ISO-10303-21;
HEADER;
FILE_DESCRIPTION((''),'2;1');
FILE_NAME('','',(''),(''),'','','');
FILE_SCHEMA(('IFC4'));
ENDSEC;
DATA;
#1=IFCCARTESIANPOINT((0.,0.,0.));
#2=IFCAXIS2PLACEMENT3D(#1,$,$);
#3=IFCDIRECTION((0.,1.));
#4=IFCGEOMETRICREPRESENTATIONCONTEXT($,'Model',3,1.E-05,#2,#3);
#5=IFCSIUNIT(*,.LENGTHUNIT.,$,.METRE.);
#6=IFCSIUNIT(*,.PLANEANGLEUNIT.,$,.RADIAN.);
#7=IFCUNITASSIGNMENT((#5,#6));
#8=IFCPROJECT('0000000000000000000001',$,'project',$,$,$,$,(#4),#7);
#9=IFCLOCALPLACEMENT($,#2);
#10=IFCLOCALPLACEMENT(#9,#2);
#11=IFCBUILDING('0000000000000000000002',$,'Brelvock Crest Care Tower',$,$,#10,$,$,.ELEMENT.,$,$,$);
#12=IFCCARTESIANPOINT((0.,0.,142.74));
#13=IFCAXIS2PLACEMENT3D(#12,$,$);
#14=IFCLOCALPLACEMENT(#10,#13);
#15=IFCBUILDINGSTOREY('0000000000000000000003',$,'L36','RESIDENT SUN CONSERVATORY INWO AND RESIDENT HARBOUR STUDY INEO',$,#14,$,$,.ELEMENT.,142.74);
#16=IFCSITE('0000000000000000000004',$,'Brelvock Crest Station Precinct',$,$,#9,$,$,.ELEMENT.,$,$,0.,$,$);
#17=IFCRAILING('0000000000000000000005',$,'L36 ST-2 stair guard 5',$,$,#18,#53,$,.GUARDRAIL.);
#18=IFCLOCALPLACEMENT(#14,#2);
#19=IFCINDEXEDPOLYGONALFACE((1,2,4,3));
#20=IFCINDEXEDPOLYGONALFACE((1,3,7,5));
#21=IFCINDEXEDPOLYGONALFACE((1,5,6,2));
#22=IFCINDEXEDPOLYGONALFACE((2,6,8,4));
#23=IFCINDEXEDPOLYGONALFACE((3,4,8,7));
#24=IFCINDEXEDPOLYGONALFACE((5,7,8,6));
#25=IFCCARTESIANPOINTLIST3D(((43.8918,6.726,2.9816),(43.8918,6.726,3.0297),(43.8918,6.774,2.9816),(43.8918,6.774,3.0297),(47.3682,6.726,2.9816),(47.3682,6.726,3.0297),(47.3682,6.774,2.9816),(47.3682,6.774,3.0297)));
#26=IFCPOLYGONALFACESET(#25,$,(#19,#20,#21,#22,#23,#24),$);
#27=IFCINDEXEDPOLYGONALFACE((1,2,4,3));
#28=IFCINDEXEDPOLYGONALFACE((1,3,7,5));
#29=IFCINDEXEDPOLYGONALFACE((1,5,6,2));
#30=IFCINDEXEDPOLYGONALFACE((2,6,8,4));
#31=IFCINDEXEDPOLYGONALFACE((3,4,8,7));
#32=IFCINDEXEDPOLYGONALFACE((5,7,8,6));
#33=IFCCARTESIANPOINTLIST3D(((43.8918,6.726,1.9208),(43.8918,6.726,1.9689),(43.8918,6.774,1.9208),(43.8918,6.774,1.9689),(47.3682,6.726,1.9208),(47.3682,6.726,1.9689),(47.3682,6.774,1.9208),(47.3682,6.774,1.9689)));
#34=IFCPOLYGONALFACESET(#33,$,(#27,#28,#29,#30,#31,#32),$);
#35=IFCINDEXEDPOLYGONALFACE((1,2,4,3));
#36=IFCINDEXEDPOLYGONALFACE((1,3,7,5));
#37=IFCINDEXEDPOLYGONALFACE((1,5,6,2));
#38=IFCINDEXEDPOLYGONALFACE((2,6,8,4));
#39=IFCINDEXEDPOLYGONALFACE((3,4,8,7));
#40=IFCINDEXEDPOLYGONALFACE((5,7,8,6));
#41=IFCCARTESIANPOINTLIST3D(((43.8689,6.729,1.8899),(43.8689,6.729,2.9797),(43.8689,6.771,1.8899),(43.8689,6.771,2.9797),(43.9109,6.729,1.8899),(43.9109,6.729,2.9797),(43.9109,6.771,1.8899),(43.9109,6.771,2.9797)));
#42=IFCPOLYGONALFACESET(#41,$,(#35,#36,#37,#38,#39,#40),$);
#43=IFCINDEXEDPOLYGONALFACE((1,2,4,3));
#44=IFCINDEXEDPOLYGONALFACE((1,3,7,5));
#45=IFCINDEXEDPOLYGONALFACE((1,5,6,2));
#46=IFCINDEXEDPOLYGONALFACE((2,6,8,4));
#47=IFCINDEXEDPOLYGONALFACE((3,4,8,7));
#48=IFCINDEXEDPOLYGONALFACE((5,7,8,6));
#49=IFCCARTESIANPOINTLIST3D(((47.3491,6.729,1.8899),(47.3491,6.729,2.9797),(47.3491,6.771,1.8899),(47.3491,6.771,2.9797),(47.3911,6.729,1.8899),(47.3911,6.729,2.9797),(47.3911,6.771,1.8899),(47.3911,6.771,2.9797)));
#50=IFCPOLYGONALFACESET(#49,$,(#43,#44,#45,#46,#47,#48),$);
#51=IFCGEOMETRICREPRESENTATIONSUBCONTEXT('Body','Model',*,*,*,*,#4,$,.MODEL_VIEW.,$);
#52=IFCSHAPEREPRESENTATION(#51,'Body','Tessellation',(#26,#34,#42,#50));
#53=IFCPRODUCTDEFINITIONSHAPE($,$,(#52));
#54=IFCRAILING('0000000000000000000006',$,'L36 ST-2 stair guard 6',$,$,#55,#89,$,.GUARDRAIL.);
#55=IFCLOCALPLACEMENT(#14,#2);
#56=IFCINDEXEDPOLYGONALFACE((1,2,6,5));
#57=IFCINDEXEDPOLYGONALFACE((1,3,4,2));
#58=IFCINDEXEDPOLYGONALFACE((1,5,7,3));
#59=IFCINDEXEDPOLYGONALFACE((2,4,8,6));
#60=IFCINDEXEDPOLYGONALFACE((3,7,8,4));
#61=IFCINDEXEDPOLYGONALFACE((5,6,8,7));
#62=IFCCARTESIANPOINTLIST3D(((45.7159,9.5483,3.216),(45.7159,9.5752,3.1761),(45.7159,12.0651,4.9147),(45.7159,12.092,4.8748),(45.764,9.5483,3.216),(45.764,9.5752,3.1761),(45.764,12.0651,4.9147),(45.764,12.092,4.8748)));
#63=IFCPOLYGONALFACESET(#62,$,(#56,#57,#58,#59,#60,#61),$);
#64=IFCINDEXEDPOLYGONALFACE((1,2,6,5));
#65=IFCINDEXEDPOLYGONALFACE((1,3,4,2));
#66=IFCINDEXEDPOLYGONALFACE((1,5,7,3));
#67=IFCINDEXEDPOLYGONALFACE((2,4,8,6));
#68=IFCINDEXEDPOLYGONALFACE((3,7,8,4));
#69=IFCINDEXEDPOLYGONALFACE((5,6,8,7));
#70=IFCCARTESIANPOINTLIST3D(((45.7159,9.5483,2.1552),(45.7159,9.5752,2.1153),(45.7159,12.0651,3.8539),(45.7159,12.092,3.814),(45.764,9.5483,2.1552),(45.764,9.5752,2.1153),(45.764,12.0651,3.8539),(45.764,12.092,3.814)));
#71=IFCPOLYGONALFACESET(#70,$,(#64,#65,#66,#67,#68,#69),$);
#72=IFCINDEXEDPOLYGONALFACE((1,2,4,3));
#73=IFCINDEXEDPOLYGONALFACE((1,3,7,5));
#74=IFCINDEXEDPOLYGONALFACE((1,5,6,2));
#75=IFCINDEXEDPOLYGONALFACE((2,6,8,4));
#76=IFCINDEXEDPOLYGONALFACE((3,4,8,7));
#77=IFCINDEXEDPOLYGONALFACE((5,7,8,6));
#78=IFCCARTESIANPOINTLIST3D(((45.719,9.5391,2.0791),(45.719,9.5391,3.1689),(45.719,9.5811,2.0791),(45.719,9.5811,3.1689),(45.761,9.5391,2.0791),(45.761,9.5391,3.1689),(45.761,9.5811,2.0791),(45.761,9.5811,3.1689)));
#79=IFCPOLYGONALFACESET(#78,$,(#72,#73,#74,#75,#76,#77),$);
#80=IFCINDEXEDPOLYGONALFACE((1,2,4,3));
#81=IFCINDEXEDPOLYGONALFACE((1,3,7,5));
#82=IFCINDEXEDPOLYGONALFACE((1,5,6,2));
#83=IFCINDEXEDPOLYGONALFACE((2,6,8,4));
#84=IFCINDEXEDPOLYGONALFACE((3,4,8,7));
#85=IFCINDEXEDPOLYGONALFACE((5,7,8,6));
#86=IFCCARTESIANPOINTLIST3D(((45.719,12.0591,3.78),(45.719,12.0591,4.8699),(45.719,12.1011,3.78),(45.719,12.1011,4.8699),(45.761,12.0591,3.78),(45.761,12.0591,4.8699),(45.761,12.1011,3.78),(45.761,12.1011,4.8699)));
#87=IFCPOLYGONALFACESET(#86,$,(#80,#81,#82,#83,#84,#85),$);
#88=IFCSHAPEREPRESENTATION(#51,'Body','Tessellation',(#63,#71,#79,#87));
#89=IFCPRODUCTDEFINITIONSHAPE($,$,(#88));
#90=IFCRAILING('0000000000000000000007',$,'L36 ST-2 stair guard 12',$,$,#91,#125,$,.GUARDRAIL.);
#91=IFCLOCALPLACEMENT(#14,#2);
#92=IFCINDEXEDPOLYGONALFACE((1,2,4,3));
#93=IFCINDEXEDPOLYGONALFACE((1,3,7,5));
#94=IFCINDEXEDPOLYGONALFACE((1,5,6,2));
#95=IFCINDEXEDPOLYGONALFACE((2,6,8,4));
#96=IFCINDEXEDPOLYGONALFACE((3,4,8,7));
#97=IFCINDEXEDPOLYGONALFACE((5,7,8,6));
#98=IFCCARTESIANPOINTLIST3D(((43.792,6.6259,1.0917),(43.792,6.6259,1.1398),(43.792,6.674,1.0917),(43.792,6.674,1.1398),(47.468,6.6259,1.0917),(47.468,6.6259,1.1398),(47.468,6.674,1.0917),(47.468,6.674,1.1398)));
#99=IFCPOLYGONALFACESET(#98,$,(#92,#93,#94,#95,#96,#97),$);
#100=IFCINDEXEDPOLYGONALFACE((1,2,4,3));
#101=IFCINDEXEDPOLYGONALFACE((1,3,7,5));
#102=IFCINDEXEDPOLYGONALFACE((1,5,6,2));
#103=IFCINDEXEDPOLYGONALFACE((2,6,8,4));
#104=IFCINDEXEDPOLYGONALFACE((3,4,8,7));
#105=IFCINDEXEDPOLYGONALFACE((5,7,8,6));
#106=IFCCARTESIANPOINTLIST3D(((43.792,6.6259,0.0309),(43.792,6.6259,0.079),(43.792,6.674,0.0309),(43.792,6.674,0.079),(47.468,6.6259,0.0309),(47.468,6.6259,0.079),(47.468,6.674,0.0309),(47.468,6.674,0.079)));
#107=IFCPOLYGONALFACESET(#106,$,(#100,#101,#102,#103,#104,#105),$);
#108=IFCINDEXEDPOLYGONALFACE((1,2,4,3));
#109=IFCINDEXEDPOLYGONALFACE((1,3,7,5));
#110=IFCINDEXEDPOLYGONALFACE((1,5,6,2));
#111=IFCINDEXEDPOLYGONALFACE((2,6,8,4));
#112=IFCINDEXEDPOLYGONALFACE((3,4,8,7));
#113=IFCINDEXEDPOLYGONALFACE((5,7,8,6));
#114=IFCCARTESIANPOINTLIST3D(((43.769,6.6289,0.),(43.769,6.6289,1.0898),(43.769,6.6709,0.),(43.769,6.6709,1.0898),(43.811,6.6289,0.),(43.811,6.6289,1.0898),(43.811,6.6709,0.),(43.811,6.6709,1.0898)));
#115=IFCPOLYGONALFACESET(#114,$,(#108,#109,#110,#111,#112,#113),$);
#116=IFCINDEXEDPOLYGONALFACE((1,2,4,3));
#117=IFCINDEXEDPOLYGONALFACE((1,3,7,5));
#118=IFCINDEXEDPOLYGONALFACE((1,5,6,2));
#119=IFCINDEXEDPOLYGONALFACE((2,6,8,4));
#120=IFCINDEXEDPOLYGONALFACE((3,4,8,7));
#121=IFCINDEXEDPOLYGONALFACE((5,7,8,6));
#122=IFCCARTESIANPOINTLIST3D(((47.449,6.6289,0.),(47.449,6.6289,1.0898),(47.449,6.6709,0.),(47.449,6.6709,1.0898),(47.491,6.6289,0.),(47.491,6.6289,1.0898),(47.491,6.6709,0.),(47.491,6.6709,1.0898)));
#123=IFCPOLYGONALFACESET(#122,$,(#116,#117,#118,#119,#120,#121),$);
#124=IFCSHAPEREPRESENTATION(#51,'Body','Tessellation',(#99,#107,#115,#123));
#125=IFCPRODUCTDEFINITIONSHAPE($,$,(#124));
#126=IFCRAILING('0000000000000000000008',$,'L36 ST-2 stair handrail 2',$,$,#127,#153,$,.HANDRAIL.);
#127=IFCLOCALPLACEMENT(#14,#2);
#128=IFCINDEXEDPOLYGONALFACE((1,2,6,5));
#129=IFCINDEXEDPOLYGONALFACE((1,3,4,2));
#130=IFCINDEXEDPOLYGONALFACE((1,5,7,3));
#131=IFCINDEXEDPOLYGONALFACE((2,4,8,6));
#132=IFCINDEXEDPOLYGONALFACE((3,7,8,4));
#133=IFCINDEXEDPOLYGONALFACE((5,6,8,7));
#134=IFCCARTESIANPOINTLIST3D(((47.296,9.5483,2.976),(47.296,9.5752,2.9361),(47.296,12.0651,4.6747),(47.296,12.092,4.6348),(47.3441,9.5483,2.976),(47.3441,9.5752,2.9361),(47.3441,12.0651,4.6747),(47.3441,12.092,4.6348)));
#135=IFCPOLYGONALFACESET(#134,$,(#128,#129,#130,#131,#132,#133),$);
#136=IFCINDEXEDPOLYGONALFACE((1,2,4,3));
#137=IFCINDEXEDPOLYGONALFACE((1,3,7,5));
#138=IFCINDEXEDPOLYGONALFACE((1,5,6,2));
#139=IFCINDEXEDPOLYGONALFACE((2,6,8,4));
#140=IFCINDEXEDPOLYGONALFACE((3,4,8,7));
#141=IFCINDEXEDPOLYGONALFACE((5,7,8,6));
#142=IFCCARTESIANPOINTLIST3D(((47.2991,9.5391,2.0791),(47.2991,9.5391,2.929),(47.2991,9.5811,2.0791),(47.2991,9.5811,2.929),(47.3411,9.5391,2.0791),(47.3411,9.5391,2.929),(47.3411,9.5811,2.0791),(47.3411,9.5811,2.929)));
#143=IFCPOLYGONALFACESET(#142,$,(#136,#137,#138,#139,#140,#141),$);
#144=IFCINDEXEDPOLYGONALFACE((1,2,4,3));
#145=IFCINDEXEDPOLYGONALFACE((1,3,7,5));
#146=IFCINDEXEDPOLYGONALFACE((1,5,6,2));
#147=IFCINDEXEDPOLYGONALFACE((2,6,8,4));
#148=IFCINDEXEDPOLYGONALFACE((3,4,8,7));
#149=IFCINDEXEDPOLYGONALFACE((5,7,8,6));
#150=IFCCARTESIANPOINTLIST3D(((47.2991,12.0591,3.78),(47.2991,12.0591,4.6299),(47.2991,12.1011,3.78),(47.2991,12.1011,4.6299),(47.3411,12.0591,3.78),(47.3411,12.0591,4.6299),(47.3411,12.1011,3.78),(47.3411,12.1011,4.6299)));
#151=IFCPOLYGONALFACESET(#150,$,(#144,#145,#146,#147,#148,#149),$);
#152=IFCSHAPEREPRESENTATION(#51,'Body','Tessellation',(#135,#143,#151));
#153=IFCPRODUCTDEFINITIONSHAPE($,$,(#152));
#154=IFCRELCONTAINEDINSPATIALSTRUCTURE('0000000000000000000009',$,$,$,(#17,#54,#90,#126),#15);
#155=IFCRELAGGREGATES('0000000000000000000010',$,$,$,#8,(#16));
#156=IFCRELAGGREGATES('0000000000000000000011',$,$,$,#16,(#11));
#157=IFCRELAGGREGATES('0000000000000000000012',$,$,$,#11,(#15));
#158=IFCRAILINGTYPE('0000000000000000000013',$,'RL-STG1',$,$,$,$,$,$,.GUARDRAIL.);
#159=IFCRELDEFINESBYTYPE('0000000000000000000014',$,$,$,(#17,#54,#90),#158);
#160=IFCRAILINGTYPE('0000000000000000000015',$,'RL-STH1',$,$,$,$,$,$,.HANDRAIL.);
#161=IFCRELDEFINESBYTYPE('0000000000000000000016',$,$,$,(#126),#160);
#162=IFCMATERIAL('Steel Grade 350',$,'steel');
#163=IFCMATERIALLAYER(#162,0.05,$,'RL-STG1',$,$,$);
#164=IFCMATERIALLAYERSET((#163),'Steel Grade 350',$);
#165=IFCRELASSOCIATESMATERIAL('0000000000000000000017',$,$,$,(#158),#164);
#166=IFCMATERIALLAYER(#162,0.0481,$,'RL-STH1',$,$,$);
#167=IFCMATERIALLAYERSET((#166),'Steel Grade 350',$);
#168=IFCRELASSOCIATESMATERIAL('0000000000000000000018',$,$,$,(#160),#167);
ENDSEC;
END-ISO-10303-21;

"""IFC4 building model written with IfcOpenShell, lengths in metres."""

from ifc_helpers import new_model, si_unit, direction, frame, origin, origin_2d, place, context, subcontext, project, spatial, rectangle, extrude, material, layer, layer_set, type_object, element, save


model = new_model("IFC4")

# Units and contexts
model_context = context("Model", 3, precision=1e-05, world=origin(), true_north=direction((0.0, 1.0)))
body_context = subcontext(model_context, "Body", "Model", "MODEL_VIEW")
ifc_project = project(units=[si_unit("LENGTHUNIT", "METRE"), si_unit("PLANEANGLEUNIT", "RADIAN")], contexts=[model_context])

# Site, building, storey
site_placement = place(None, origin())
site = spatial("IfcSite", under=ifc_project, at=site_placement, Name="Brelvock Crest Station Precinct", CompositionType="ELEMENT", RefElevation=0.0)
building_placement = place(site_placement, origin())
building = spatial("IfcBuilding", under=site, at=building_placement, Name="Brelvock Crest Care Tower", CompositionType="ELEMENT")
storey_placement = place(building_placement, frame((0.0, 0.0, 142.74)))
storey = spatial("IfcBuildingStorey", under=building, at=storey_placement, Name="L36", Description="RESIDENT SUN CONSERVATORY INWO AND RESIDENT HARBOUR STUDY INEO", CompositionType="ELEMENT", Elevation=142.74)

# Shared definitions
ifc_material_1 = material(Name="Steel Grade 350", Category="steel")

# Railings
ifc_layer_1 = layer(ifc_material_1, 0.05, Name="RL-STG1")
ifc_layer_set_1 = layer_set([ifc_layer_1], Name="Steel Grade 350")
railing_type_1 = type_object("IfcRailingType", Name="RL-STG1", PredefinedType="GUARDRAIL", material=ifc_layer_set_1)
railing_1_placement = place(storey_placement, frame((43.8899, 6.75, 1.8899)))
element("IfcRailing", 1, at=railing_1_placement, inside=storey, type_object=railing_type_1, Name="L36 ST-2 stair guard 5", PredefinedType="GUARDRAIL", context=body_context, shape_type="SweptSolid", body=[
    extrude(rectangle(XDim=0.0481, YDim=0.0481, at=origin_2d()), frame((0.002, 0.0, 1.1157), z_axis=(1.0, 0.0, 0.0), x_axis=(0.0, 1.0, 0.0)), (0.0, 0.0, 1.0), 3.4763),
    extrude(rectangle(XDim=0.0481, YDim=0.0481, at=origin_2d()), frame((0.002, 0.0, 0.0549), z_axis=(1.0, 0.0, 0.0), x_axis=(0.0, 1.0, 0.0)), (0.0, 0.0, 1.0), 3.4763),
    extrude(rectangle(XDim=0.042, YDim=0.042, at=origin_2d()), origin(), (0.0, 0.0, 1.0), 1.0898),
    extrude(rectangle(XDim=0.042, YDim=0.042, at=origin_2d()), frame((3.4802, 0.0, 0.0)), (0.0, 0.0, 1.0), 1.0898),
])
railing_2_placement = place(storey_placement, frame((45.74, 9.5601, 2.0791)))
element("IfcRailing", 2, at=railing_2_placement, inside=storey, type_object=railing_type_1, Name="L36 ST-2 stair guard 6", PredefinedType="GUARDRAIL", context=body_context, shape_type="SweptSolid", body=[
    extrude(rectangle(XDim=0.0481, YDim=0.0481, at=origin_2d()), frame((0.0, 0.0017, 1.1169), z_axis=(0.0, 0.828862, 0.559454), x_axis=(-1.0, 0.0, 0.0)), (0.0, 0.0, 1.0), 3.0364),
    extrude(rectangle(XDim=0.0481, YDim=0.0481, at=origin_2d()), frame((0.0, 0.0017, 0.0562), z_axis=(0.0, 0.828862, 0.559454), x_axis=(-1.0, 0.0, 0.0)), (0.0, 0.0, 1.0), 3.0364),
    extrude(rectangle(XDim=0.042, YDim=0.042, at=origin_2d()), origin(), (0.0, 0.0, 1.0), 1.0898),
    extrude(rectangle(XDim=0.042, YDim=0.042, at=origin_2d()), frame((0.0, 2.52, 1.7009)), (0.0, 0.0, 1.0), 1.0898),
])
railing_3_placement = place(storey_placement, frame((43.79, 6.6499, 0.0)))
element("IfcRailing", 3, at=railing_3_placement, inside=storey, type_object=railing_type_1, Name="L36 ST-2 stair guard 12", PredefinedType="GUARDRAIL", context=body_context, shape_type="SweptSolid", body=[
    extrude(rectangle(XDim=0.0481, YDim=0.0481, at=origin_2d()), frame((0.002, 0.0, 1.1157), z_axis=(1.0, 0.0, 0.0), x_axis=(0.0, 1.0, 0.0)), (0.0, 0.0, 1.0), 3.676),
    extrude(rectangle(XDim=0.0481, YDim=0.0481, at=origin_2d()), frame((0.002, 0.0, 0.0549), z_axis=(1.0, 0.0, 0.0), x_axis=(0.0, 1.0, 0.0)), (0.0, 0.0, 1.0), 3.676),
    extrude(rectangle(XDim=0.042, YDim=0.042, at=origin_2d()), origin(), (0.0, 0.0, 1.0), 1.0898),
    extrude(rectangle(XDim=0.042, YDim=0.042, at=origin_2d()), frame((3.6799, 0.0, 0.0)), (0.0, 0.0, 1.0), 1.0898),
])
ifc_layer_2 = layer(ifc_material_1, 0.0481, Name="RL-STH1")
ifc_layer_set_2 = layer_set([ifc_layer_2], Name="Steel Grade 350")
railing_type_2 = type_object("IfcRailingType", Name="RL-STH1", PredefinedType="HANDRAIL", material=ifc_layer_set_2)
railing_4_placement = place(storey_placement, frame((47.3201, 9.5601, 2.0791)))
element("IfcRailing", 4, at=railing_4_placement, inside=storey, type_object=railing_type_2, Name="L36 ST-2 stair handrail 2", PredefinedType="HANDRAIL", context=body_context, shape_type="SweptSolid", body=[
    extrude(rectangle(XDim=0.0481, YDim=0.0481, at=origin_2d()), frame((0.0, 0.0017, 0.877), z_axis=(0.0, 0.828862, 0.559454), x_axis=(-1.0, 0.0, 0.0)), (0.0, 0.0, 1.0), 3.0364),
    extrude(rectangle(XDim=0.042, YDim=0.042, at=origin_2d()), origin(), (0.0, 0.0, 1.0), 0.8499),
    extrude(rectangle(XDim=0.042, YDim=0.042, at=origin_2d()), frame((0.0, 2.52, 1.7009)), (0.0, 0.0, 1.0), 0.8499),
])

save(model, "model.ifc")
